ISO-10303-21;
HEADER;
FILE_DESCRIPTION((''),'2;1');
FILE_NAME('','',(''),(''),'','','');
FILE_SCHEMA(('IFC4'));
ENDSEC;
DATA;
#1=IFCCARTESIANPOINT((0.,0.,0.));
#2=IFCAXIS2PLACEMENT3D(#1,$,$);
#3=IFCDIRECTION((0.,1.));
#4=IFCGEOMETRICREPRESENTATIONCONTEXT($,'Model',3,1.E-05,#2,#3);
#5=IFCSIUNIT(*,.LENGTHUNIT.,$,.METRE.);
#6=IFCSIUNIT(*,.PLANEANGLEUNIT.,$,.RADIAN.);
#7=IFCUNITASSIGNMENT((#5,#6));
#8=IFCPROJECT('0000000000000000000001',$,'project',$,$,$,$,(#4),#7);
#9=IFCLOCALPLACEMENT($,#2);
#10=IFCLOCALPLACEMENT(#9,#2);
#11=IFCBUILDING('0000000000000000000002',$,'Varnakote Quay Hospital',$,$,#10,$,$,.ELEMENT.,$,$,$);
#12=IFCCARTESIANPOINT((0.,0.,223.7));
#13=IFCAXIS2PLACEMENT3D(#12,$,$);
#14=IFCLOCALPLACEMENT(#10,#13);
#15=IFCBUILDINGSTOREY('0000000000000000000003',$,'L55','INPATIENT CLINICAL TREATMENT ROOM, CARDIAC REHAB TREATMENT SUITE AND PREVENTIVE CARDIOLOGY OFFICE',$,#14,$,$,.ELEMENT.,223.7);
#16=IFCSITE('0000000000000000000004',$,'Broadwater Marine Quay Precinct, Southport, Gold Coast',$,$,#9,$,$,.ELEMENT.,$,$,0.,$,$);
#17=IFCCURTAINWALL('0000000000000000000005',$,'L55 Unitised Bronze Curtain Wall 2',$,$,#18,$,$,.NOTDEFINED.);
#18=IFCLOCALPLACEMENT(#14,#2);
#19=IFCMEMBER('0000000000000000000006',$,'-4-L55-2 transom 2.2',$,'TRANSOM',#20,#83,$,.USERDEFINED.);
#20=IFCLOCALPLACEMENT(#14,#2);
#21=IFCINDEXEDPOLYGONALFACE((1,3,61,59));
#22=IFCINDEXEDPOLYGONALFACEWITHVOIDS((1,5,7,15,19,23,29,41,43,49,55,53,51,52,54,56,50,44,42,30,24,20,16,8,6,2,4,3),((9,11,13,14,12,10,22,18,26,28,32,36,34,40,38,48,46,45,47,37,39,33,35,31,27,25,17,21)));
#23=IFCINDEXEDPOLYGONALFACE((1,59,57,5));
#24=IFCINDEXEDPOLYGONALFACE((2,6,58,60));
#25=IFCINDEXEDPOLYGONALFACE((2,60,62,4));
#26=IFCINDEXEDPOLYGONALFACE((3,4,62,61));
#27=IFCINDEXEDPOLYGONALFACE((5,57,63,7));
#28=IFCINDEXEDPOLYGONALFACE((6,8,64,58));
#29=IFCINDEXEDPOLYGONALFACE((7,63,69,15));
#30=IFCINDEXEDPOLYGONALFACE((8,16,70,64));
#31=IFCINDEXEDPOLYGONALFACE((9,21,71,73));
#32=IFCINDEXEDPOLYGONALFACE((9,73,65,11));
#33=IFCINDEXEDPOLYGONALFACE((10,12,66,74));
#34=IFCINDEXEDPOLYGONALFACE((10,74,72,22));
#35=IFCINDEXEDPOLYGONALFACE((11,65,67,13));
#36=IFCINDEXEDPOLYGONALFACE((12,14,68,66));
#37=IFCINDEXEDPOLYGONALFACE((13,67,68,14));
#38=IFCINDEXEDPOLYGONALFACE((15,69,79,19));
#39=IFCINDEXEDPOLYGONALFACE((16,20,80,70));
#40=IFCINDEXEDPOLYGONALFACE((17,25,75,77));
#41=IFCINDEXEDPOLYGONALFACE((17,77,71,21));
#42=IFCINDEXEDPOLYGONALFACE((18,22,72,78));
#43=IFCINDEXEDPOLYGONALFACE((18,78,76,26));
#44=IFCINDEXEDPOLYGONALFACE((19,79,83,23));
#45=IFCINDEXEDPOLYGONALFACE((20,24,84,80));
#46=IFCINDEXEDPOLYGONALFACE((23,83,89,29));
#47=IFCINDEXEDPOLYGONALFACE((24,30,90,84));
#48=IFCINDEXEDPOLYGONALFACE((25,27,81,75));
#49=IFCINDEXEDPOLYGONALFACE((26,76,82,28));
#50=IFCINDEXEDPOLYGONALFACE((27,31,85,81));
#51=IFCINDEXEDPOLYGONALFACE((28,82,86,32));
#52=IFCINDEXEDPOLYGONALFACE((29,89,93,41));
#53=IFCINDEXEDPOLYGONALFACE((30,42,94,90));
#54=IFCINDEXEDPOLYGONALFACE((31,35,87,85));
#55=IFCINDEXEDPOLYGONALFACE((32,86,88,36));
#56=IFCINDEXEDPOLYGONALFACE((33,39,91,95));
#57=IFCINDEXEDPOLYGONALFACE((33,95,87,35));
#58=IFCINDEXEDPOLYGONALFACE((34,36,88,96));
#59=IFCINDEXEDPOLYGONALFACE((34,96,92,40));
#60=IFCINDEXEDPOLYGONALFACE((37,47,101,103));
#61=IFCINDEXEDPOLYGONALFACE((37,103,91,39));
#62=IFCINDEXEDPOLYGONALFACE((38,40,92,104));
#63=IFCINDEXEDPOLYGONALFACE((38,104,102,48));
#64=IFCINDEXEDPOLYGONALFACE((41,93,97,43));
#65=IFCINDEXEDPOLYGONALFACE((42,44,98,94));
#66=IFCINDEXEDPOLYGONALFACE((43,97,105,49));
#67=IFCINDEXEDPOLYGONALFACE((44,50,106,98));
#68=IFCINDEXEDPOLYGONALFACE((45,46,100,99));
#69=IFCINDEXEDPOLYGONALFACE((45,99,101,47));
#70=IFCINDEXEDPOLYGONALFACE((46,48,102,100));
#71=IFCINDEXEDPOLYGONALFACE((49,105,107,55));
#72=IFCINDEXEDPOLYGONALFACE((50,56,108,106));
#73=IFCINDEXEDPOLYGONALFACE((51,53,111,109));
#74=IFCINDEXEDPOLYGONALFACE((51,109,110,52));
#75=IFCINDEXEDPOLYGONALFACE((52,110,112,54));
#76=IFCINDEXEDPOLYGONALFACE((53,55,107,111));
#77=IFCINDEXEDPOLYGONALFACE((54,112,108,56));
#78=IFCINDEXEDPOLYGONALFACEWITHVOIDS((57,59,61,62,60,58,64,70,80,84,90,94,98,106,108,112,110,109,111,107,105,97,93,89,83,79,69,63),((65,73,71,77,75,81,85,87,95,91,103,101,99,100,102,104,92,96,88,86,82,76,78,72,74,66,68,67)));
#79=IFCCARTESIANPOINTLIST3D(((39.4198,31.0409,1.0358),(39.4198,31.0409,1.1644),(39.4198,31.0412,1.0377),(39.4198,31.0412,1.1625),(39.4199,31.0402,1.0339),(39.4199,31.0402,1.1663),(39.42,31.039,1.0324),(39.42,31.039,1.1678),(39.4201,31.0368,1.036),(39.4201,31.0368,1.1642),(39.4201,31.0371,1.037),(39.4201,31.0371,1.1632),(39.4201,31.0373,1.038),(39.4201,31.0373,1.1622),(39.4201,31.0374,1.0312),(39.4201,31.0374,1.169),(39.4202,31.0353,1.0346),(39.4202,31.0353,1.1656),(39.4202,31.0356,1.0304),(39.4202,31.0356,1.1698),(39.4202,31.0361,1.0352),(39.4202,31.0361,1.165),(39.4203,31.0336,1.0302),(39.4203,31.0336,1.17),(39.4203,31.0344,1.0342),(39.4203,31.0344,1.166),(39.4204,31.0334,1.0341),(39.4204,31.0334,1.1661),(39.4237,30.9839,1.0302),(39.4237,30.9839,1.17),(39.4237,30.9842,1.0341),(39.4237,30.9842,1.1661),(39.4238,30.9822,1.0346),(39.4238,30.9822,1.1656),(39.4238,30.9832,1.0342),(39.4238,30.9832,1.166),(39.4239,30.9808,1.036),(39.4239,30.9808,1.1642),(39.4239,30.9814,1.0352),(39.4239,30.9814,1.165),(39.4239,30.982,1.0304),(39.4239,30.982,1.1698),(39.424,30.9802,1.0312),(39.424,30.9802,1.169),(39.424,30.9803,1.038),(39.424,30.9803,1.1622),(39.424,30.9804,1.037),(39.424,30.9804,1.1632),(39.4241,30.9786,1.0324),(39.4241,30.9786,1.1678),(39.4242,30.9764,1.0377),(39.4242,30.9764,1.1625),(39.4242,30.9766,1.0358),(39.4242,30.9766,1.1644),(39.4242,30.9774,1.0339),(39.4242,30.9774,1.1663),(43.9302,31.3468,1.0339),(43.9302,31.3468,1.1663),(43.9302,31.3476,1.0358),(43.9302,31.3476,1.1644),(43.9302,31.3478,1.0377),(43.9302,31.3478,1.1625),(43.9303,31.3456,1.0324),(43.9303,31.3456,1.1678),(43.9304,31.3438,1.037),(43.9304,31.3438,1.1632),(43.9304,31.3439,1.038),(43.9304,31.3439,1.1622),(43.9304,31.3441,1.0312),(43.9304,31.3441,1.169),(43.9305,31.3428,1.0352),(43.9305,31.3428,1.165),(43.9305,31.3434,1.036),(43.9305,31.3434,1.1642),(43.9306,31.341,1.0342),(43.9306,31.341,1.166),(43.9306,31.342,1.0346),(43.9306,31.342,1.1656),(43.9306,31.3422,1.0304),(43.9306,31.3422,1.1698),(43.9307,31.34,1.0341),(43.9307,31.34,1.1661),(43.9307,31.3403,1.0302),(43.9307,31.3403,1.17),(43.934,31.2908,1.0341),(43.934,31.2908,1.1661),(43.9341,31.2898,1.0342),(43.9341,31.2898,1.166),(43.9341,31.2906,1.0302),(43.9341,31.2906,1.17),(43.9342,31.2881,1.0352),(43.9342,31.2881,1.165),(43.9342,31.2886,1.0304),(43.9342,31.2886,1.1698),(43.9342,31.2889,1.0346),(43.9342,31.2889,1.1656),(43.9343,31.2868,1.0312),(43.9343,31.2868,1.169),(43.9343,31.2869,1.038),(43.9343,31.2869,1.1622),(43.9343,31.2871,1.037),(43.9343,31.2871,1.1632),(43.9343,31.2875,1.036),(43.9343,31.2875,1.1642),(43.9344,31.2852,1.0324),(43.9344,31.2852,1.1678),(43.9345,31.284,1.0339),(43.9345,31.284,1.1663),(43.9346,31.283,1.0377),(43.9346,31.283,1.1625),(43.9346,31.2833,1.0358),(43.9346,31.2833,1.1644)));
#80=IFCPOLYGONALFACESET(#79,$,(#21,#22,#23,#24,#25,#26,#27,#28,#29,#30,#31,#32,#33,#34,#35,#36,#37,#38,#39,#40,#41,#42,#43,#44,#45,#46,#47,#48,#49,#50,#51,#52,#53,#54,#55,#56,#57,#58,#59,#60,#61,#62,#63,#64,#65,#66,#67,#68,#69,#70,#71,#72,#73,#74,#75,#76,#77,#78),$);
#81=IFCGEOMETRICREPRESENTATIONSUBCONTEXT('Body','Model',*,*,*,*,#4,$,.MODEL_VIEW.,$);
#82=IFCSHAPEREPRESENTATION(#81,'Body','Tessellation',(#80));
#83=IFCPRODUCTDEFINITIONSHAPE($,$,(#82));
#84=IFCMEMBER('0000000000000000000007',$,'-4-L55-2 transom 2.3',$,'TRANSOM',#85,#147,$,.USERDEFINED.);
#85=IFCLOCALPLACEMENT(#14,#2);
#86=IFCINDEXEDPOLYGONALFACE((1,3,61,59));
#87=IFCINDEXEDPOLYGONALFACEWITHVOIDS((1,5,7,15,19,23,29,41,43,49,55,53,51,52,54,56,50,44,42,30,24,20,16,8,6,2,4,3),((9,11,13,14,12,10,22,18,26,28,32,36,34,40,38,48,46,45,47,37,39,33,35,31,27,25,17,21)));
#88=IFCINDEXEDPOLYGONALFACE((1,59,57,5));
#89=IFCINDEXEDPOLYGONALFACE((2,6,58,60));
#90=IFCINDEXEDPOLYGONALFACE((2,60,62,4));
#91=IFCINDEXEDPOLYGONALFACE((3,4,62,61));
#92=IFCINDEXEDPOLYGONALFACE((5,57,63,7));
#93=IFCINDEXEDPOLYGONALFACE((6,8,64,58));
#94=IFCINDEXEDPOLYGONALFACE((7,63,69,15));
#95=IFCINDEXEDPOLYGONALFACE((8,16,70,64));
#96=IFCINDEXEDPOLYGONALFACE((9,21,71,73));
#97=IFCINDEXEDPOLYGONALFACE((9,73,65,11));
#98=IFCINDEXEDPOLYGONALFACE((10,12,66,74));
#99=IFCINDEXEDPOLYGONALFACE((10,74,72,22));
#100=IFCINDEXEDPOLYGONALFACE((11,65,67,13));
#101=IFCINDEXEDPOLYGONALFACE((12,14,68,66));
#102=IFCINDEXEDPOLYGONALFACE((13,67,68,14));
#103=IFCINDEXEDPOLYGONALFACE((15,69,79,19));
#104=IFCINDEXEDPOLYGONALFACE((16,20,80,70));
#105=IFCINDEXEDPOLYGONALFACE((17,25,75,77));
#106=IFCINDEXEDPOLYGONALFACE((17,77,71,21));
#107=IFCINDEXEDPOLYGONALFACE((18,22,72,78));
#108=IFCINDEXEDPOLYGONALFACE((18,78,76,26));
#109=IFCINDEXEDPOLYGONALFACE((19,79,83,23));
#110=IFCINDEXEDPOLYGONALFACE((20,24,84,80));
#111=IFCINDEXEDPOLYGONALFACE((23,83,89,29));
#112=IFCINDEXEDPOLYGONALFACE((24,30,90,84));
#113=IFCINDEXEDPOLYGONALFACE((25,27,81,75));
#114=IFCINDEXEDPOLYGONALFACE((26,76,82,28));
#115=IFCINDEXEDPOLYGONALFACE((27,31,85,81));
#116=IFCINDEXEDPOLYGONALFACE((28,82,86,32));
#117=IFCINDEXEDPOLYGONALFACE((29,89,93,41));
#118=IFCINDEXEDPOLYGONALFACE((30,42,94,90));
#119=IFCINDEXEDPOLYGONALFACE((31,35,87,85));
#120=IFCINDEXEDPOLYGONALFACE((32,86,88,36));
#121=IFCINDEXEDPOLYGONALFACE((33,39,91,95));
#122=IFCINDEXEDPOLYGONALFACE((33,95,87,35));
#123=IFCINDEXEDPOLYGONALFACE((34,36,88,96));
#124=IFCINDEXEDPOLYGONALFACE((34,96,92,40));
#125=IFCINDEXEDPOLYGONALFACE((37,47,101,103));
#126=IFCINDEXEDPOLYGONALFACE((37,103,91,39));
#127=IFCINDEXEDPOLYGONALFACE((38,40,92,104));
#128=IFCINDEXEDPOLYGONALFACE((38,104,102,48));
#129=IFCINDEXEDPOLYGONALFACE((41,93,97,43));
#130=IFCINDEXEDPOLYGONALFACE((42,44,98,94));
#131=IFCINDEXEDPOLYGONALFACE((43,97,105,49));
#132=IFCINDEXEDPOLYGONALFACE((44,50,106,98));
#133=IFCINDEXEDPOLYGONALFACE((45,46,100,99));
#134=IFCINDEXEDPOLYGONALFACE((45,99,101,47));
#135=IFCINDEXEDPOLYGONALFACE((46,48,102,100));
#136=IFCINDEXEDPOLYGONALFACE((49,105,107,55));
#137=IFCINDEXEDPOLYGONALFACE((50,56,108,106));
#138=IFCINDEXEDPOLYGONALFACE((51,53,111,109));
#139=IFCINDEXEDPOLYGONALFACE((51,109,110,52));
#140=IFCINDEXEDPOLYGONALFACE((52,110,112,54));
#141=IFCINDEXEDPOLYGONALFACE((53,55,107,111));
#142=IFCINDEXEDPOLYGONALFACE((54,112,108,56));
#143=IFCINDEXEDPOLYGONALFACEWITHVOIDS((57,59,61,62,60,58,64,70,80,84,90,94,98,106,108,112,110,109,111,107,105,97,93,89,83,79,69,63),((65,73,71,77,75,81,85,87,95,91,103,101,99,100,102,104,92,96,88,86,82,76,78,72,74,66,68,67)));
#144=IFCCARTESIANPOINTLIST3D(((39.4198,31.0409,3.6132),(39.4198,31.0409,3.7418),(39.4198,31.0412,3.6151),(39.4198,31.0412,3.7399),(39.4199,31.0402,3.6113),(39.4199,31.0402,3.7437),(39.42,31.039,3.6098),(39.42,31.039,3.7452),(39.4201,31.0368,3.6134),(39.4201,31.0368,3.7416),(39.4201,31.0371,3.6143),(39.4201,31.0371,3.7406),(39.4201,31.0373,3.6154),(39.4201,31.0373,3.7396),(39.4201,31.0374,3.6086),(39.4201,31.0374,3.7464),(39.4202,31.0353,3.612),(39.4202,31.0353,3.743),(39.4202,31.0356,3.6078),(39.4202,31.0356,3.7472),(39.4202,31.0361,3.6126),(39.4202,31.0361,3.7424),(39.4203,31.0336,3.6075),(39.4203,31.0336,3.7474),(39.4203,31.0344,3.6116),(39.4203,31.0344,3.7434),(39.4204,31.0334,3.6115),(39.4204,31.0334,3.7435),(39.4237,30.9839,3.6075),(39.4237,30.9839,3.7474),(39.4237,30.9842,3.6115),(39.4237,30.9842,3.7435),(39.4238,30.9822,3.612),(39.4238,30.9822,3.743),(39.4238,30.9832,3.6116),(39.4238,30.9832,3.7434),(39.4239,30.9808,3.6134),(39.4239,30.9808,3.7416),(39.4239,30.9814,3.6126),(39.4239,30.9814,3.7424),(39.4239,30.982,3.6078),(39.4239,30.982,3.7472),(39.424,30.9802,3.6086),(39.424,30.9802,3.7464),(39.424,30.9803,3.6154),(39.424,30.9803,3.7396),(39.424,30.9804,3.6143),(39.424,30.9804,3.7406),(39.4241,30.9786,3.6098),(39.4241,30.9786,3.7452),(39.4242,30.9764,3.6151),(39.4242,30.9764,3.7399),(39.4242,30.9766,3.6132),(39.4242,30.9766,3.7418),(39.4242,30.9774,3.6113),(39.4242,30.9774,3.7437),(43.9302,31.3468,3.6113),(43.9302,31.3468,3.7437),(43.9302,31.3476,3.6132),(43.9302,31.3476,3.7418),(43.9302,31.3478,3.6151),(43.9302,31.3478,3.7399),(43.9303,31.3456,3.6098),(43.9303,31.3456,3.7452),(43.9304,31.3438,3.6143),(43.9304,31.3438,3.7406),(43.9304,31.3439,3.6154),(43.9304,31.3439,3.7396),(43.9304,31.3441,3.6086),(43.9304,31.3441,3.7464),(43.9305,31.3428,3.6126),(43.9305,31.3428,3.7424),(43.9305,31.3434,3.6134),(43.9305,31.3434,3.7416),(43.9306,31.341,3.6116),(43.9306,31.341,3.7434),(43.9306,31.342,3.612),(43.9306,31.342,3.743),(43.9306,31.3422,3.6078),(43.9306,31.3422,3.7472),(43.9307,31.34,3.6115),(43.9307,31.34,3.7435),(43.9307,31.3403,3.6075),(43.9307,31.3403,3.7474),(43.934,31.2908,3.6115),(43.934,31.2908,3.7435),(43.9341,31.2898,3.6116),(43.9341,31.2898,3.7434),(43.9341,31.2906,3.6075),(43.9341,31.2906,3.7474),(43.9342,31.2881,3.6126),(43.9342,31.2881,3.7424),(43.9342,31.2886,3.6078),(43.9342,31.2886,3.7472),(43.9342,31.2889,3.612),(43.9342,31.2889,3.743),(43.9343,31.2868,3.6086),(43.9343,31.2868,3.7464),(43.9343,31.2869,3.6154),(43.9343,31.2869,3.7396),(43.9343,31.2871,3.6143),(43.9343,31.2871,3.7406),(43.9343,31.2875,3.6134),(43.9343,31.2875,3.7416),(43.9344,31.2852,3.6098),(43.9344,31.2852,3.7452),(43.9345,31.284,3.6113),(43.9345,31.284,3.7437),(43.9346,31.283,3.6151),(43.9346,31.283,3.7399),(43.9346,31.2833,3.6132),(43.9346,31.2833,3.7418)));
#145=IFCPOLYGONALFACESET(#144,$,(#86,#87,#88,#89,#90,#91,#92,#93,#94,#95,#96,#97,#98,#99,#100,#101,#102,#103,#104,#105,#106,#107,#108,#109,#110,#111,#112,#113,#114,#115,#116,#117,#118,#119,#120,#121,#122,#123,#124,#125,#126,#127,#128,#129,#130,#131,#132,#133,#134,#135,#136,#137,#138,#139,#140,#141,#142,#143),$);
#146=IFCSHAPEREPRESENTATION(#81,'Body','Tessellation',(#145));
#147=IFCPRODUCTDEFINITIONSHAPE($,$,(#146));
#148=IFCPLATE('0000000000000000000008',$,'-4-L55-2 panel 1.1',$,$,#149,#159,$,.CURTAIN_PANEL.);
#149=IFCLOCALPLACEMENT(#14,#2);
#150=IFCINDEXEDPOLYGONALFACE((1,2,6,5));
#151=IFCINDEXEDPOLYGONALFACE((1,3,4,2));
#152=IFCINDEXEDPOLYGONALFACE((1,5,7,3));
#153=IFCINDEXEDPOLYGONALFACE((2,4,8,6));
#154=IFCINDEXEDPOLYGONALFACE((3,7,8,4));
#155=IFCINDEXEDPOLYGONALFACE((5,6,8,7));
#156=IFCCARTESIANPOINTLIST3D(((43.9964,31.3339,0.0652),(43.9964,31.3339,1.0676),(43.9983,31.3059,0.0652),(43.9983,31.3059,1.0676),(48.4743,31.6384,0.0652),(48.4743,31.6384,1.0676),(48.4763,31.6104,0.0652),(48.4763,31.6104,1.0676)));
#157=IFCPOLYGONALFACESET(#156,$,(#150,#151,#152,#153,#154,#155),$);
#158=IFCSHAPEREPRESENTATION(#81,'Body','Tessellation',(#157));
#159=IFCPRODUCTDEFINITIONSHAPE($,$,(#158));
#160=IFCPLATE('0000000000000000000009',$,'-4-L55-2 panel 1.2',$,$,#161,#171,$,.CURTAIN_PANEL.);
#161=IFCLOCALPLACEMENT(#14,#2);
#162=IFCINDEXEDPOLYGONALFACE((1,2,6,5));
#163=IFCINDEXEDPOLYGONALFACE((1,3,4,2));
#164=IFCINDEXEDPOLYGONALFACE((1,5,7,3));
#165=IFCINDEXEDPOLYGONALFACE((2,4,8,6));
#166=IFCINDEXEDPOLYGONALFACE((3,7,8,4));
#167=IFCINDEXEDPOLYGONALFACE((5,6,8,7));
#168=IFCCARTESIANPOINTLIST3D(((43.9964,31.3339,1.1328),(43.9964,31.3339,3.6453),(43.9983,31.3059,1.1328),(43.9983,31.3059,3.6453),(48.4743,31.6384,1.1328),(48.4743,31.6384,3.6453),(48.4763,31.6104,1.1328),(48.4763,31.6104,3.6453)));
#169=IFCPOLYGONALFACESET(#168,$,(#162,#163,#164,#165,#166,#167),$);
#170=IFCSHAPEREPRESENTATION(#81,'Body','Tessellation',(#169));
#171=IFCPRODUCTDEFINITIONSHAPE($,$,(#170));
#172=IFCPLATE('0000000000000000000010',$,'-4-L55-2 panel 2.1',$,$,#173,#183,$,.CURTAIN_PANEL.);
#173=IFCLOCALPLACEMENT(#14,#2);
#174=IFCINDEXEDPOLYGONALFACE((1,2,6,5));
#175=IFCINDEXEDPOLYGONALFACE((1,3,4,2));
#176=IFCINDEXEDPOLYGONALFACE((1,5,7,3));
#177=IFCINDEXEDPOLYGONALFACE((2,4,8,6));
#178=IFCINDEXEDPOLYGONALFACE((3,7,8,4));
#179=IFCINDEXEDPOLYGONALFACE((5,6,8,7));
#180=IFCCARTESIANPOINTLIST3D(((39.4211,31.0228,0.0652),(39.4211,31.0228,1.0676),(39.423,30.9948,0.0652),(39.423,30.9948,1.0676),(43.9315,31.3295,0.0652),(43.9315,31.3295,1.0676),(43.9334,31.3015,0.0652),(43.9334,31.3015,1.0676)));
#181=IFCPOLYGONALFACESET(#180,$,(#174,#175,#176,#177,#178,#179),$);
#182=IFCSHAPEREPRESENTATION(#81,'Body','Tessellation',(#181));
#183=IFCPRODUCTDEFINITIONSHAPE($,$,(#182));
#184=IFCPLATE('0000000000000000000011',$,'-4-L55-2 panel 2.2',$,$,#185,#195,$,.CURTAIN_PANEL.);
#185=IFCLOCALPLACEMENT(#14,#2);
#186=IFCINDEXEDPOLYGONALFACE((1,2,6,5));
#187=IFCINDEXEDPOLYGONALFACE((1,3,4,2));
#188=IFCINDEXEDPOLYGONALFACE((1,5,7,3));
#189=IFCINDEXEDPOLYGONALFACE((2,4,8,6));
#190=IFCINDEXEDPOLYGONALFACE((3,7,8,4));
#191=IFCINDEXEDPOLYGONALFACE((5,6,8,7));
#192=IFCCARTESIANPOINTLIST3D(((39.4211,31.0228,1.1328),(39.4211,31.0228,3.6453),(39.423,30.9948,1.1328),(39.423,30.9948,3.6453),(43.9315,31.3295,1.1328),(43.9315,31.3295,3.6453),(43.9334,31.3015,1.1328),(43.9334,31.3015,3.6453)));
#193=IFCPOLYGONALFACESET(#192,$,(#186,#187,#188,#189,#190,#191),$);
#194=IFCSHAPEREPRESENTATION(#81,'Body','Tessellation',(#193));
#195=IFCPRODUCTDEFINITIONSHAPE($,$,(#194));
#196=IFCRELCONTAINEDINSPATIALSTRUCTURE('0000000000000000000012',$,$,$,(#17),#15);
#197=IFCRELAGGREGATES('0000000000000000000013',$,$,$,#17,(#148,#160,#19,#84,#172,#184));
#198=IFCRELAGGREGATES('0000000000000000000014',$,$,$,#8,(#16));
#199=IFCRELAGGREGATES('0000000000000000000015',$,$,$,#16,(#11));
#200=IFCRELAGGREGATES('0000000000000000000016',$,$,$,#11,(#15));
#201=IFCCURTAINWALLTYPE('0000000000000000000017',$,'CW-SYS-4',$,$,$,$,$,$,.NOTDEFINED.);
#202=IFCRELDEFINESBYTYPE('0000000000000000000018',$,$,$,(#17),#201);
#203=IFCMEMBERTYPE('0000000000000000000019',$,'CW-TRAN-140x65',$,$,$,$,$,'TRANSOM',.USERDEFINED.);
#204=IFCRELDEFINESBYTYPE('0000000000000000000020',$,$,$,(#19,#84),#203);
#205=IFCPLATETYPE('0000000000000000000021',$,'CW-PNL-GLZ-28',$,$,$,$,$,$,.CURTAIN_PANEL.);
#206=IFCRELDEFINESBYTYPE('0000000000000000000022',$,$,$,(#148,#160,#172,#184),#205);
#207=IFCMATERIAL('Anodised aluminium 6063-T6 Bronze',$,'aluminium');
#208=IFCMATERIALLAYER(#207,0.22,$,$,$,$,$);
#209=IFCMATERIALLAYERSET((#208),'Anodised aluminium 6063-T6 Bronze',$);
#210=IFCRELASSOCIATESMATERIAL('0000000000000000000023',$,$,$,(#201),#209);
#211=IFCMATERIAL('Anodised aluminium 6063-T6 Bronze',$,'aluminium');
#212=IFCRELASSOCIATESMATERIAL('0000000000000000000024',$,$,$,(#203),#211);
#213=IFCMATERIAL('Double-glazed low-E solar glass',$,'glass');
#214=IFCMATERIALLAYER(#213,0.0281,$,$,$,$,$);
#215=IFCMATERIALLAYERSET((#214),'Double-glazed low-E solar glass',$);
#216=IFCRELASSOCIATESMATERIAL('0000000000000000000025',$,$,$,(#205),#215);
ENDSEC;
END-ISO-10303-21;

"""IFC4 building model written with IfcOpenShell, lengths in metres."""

from ifc_helpers import new_model, si_unit, direction, frame, origin, origin_2d, place, context, subcontext, project, spatial, rectangle, hollow_rectangle, extrude, material, layer, layer_set, material_profile, profile_set, type_object, element, aggregate, save


model = new_model("IFC4")

# Units and contexts
model_context = context("Model", 3, precision=1e-05, world=origin(), true_north=direction((0.0, 1.0)))
body_context = subcontext(model_context, "Body", "Model", "MODEL_VIEW")
ifc_project = project(units=[si_unit("LENGTHUNIT", "METRE"), si_unit("PLANEANGLEUNIT", "RADIAN")], contexts=[model_context])

# Site, building, storey
site_placement = place(None, origin())
site = spatial("IfcSite", under=ifc_project, at=site_placement, Name="Broadwater Marine Quay Precinct, Southport, Gold Coast", CompositionType="ELEMENT", RefElevation=0.0)
building_placement = place(site_placement, origin())
building = spatial("IfcBuilding", under=site, at=building_placement, Name="Varnakote Quay Hospital", CompositionType="ELEMENT")
storey_placement = place(building_placement, frame((0.0, 0.0, 223.7)))
storey = spatial("IfcBuildingStorey", under=building, at=storey_placement, Name="L55", Description="INPATIENT CLINICAL TREATMENT ROOM, CARDIAC REHAB TREATMENT SUITE AND PREVENTIVE CARDIOLOGY OFFICE", CompositionType="ELEMENT", Elevation=223.7)

# Curtain wall, members, plates
ifc_material_1 = material(Name="Anodised aluminium 6063-T6 Bronze", Category="aluminium")
ifc_layer_1 = layer(ifc_material_1, 0.22)
ifc_layer_set_1 = layer_set([ifc_layer_1], Name="Anodised aluminium 6063-T6 Bronze")
curtain_wall_type = type_object("IfcCurtainWallType", Name="CW-SYS-4", PredefinedType="NOTDEFINED", material=ifc_layer_set_1)
curtain_wall_placement = place(storey_placement, origin())
curtain_wall = element("IfcCurtainWall", 1, at=curtain_wall_placement, inside=storey, type_object=curtain_wall_type, Name="L55 Unitised Bronze Curtain Wall 2", PredefinedType="NOTDEFINED")
ifc_material_2 = material(Name="Anodised aluminium 6063-T6 Bronze", Category="aluminium")
ifc_material_profile_1 = material_profile(ifc_material_2, hollow_rectangle(XDim=0.0649, YDim=0.1399, WallThickness=0.0039, InnerFilletRadius=0.0039, OuterFilletRadius=0.0076, at=origin_2d()), Name="CW-TRAN-140x65")
ifc_profile_set_1 = profile_set([ifc_material_profile_1], Name="Anodised aluminium 6063-T6 Bronze")
member_type_1 = type_object("IfcMemberType", Name="CW-TRAN-140x65", ElementType="TRANSOM", PredefinedType="USERDEFINED", material=ifc_profile_set_1)
member_1_placement = place(storey_placement, frame((43.9324, 31.3154, 1.1001), z_axis=(-0.997697, -0.067831, 0.0), x_axis=(0.067831, -0.997697, 0.0)))
member_1 = element("IfcMember", 2, at=member_1_placement, type_object=member_type_1, Name="-4-L55-2 transom 2.2", ObjectType="TRANSOM", PredefinedType="USERDEFINED", context=body_context, shape_type="SweptSolid", body=[
    extrude(hollow_rectangle(XDim=0.0649, YDim=0.1399, WallThickness=0.0039, InnerFilletRadius=0.0039, OuterFilletRadius=0.0076, at=origin_2d()), origin(), (0.0, 0.0, 1.0), 4.5208),
])
member_2_placement = place(storey_placement, frame((43.9324, 31.3154, 3.6775), z_axis=(-0.997697, -0.067831, 0.0), x_axis=(0.067831, -0.997697, 0.0)))
member_2 = element("IfcMember", 3, at=member_2_placement, type_object=member_type_1, Name="-4-L55-2 transom 2.3", ObjectType="TRANSOM", PredefinedType="USERDEFINED", context=body_context, shape_type="SweptSolid", body=[
    extrude(hollow_rectangle(XDim=0.0649, YDim=0.1399, WallThickness=0.0039, InnerFilletRadius=0.0039, OuterFilletRadius=0.0076, at=origin_2d()), origin(), (0.0, 0.0, 1.0), 4.5208),
])
ifc_material_3 = material(Name="Double-glazed low-E solar glass", Category="glass")
ifc_layer_2 = layer(ifc_material_3, 0.0281)
ifc_layer_set_2 = layer_set([ifc_layer_2], Name="Double-glazed low-E solar glass")
plate_type = type_object("IfcPlateType", Name="CW-PNL-GLZ-28", PredefinedType="CURTAIN_PANEL", material=ifc_layer_set_2)
plate_1_placement = place(storey_placement, frame((46.2363, 31.4722, 0.0652), z_axis=(0.0, 0.0, 1.0), x_axis=(-0.997696, -0.067842, 0.0)))
plate_1 = element("IfcPlate", 4, at=plate_1_placement, type_object=plate_type, Name="-4-L55-2 panel 1.1", PredefinedType="CURTAIN_PANEL", context=body_context, shape_type="SweptSolid", body=[
    extrude(rectangle(XDim=4.4883, YDim=0.0281, at=origin_2d()), origin(), (0.0, 0.0, 1.0), 1.0024),
])
plate_2_placement = place(storey_placement, frame((46.2363, 31.4722, 1.1328), z_axis=(0.0, 0.0, 1.0), x_axis=(-0.997696, -0.067842, 0.0)))
plate_2 = element("IfcPlate", 5, at=plate_2_placement, type_object=plate_type, Name="-4-L55-2 panel 1.2", PredefinedType="CURTAIN_PANEL", context=body_context, shape_type="SweptSolid", body=[
    extrude(rectangle(XDim=4.4883, YDim=0.0281, at=origin_2d()), origin(), (0.0, 0.0, 1.0), 2.5125),
])
plate_3_placement = place(storey_placement, frame((41.6772, 31.1621, 0.0652), z_axis=(0.0, 0.0, 1.0), x_axis=(-0.997696, -0.067842, 0.0)))
plate_3 = element("IfcPlate", 6, at=plate_3_placement, type_object=plate_type, Name="-4-L55-2 panel 2.1", PredefinedType="CURTAIN_PANEL", context=body_context, shape_type="SweptSolid", body=[
    extrude(rectangle(XDim=4.5208, YDim=0.0281, at=origin_2d()), origin(), (0.0, 0.0, 1.0), 1.0024),
])
plate_4_placement = place(storey_placement, frame((41.6772, 31.1621, 1.1328), z_axis=(0.0, 0.0, 1.0), x_axis=(-0.997696, -0.067842, 0.0)))
plate_4 = element("IfcPlate", 7, at=plate_4_placement, type_object=plate_type, Name="-4-L55-2 panel 2.2", PredefinedType="CURTAIN_PANEL", context=body_context, shape_type="SweptSolid", body=[
    extrude(rectangle(XDim=4.5208, YDim=0.0281, at=origin_2d()), origin(), (0.0, 0.0, 1.0), 2.5125),
])
aggregate(curtain_wall, [plate_1, plate_2, member_1, member_2, plate_3, plate_4])

save(model, "model.ifc")
